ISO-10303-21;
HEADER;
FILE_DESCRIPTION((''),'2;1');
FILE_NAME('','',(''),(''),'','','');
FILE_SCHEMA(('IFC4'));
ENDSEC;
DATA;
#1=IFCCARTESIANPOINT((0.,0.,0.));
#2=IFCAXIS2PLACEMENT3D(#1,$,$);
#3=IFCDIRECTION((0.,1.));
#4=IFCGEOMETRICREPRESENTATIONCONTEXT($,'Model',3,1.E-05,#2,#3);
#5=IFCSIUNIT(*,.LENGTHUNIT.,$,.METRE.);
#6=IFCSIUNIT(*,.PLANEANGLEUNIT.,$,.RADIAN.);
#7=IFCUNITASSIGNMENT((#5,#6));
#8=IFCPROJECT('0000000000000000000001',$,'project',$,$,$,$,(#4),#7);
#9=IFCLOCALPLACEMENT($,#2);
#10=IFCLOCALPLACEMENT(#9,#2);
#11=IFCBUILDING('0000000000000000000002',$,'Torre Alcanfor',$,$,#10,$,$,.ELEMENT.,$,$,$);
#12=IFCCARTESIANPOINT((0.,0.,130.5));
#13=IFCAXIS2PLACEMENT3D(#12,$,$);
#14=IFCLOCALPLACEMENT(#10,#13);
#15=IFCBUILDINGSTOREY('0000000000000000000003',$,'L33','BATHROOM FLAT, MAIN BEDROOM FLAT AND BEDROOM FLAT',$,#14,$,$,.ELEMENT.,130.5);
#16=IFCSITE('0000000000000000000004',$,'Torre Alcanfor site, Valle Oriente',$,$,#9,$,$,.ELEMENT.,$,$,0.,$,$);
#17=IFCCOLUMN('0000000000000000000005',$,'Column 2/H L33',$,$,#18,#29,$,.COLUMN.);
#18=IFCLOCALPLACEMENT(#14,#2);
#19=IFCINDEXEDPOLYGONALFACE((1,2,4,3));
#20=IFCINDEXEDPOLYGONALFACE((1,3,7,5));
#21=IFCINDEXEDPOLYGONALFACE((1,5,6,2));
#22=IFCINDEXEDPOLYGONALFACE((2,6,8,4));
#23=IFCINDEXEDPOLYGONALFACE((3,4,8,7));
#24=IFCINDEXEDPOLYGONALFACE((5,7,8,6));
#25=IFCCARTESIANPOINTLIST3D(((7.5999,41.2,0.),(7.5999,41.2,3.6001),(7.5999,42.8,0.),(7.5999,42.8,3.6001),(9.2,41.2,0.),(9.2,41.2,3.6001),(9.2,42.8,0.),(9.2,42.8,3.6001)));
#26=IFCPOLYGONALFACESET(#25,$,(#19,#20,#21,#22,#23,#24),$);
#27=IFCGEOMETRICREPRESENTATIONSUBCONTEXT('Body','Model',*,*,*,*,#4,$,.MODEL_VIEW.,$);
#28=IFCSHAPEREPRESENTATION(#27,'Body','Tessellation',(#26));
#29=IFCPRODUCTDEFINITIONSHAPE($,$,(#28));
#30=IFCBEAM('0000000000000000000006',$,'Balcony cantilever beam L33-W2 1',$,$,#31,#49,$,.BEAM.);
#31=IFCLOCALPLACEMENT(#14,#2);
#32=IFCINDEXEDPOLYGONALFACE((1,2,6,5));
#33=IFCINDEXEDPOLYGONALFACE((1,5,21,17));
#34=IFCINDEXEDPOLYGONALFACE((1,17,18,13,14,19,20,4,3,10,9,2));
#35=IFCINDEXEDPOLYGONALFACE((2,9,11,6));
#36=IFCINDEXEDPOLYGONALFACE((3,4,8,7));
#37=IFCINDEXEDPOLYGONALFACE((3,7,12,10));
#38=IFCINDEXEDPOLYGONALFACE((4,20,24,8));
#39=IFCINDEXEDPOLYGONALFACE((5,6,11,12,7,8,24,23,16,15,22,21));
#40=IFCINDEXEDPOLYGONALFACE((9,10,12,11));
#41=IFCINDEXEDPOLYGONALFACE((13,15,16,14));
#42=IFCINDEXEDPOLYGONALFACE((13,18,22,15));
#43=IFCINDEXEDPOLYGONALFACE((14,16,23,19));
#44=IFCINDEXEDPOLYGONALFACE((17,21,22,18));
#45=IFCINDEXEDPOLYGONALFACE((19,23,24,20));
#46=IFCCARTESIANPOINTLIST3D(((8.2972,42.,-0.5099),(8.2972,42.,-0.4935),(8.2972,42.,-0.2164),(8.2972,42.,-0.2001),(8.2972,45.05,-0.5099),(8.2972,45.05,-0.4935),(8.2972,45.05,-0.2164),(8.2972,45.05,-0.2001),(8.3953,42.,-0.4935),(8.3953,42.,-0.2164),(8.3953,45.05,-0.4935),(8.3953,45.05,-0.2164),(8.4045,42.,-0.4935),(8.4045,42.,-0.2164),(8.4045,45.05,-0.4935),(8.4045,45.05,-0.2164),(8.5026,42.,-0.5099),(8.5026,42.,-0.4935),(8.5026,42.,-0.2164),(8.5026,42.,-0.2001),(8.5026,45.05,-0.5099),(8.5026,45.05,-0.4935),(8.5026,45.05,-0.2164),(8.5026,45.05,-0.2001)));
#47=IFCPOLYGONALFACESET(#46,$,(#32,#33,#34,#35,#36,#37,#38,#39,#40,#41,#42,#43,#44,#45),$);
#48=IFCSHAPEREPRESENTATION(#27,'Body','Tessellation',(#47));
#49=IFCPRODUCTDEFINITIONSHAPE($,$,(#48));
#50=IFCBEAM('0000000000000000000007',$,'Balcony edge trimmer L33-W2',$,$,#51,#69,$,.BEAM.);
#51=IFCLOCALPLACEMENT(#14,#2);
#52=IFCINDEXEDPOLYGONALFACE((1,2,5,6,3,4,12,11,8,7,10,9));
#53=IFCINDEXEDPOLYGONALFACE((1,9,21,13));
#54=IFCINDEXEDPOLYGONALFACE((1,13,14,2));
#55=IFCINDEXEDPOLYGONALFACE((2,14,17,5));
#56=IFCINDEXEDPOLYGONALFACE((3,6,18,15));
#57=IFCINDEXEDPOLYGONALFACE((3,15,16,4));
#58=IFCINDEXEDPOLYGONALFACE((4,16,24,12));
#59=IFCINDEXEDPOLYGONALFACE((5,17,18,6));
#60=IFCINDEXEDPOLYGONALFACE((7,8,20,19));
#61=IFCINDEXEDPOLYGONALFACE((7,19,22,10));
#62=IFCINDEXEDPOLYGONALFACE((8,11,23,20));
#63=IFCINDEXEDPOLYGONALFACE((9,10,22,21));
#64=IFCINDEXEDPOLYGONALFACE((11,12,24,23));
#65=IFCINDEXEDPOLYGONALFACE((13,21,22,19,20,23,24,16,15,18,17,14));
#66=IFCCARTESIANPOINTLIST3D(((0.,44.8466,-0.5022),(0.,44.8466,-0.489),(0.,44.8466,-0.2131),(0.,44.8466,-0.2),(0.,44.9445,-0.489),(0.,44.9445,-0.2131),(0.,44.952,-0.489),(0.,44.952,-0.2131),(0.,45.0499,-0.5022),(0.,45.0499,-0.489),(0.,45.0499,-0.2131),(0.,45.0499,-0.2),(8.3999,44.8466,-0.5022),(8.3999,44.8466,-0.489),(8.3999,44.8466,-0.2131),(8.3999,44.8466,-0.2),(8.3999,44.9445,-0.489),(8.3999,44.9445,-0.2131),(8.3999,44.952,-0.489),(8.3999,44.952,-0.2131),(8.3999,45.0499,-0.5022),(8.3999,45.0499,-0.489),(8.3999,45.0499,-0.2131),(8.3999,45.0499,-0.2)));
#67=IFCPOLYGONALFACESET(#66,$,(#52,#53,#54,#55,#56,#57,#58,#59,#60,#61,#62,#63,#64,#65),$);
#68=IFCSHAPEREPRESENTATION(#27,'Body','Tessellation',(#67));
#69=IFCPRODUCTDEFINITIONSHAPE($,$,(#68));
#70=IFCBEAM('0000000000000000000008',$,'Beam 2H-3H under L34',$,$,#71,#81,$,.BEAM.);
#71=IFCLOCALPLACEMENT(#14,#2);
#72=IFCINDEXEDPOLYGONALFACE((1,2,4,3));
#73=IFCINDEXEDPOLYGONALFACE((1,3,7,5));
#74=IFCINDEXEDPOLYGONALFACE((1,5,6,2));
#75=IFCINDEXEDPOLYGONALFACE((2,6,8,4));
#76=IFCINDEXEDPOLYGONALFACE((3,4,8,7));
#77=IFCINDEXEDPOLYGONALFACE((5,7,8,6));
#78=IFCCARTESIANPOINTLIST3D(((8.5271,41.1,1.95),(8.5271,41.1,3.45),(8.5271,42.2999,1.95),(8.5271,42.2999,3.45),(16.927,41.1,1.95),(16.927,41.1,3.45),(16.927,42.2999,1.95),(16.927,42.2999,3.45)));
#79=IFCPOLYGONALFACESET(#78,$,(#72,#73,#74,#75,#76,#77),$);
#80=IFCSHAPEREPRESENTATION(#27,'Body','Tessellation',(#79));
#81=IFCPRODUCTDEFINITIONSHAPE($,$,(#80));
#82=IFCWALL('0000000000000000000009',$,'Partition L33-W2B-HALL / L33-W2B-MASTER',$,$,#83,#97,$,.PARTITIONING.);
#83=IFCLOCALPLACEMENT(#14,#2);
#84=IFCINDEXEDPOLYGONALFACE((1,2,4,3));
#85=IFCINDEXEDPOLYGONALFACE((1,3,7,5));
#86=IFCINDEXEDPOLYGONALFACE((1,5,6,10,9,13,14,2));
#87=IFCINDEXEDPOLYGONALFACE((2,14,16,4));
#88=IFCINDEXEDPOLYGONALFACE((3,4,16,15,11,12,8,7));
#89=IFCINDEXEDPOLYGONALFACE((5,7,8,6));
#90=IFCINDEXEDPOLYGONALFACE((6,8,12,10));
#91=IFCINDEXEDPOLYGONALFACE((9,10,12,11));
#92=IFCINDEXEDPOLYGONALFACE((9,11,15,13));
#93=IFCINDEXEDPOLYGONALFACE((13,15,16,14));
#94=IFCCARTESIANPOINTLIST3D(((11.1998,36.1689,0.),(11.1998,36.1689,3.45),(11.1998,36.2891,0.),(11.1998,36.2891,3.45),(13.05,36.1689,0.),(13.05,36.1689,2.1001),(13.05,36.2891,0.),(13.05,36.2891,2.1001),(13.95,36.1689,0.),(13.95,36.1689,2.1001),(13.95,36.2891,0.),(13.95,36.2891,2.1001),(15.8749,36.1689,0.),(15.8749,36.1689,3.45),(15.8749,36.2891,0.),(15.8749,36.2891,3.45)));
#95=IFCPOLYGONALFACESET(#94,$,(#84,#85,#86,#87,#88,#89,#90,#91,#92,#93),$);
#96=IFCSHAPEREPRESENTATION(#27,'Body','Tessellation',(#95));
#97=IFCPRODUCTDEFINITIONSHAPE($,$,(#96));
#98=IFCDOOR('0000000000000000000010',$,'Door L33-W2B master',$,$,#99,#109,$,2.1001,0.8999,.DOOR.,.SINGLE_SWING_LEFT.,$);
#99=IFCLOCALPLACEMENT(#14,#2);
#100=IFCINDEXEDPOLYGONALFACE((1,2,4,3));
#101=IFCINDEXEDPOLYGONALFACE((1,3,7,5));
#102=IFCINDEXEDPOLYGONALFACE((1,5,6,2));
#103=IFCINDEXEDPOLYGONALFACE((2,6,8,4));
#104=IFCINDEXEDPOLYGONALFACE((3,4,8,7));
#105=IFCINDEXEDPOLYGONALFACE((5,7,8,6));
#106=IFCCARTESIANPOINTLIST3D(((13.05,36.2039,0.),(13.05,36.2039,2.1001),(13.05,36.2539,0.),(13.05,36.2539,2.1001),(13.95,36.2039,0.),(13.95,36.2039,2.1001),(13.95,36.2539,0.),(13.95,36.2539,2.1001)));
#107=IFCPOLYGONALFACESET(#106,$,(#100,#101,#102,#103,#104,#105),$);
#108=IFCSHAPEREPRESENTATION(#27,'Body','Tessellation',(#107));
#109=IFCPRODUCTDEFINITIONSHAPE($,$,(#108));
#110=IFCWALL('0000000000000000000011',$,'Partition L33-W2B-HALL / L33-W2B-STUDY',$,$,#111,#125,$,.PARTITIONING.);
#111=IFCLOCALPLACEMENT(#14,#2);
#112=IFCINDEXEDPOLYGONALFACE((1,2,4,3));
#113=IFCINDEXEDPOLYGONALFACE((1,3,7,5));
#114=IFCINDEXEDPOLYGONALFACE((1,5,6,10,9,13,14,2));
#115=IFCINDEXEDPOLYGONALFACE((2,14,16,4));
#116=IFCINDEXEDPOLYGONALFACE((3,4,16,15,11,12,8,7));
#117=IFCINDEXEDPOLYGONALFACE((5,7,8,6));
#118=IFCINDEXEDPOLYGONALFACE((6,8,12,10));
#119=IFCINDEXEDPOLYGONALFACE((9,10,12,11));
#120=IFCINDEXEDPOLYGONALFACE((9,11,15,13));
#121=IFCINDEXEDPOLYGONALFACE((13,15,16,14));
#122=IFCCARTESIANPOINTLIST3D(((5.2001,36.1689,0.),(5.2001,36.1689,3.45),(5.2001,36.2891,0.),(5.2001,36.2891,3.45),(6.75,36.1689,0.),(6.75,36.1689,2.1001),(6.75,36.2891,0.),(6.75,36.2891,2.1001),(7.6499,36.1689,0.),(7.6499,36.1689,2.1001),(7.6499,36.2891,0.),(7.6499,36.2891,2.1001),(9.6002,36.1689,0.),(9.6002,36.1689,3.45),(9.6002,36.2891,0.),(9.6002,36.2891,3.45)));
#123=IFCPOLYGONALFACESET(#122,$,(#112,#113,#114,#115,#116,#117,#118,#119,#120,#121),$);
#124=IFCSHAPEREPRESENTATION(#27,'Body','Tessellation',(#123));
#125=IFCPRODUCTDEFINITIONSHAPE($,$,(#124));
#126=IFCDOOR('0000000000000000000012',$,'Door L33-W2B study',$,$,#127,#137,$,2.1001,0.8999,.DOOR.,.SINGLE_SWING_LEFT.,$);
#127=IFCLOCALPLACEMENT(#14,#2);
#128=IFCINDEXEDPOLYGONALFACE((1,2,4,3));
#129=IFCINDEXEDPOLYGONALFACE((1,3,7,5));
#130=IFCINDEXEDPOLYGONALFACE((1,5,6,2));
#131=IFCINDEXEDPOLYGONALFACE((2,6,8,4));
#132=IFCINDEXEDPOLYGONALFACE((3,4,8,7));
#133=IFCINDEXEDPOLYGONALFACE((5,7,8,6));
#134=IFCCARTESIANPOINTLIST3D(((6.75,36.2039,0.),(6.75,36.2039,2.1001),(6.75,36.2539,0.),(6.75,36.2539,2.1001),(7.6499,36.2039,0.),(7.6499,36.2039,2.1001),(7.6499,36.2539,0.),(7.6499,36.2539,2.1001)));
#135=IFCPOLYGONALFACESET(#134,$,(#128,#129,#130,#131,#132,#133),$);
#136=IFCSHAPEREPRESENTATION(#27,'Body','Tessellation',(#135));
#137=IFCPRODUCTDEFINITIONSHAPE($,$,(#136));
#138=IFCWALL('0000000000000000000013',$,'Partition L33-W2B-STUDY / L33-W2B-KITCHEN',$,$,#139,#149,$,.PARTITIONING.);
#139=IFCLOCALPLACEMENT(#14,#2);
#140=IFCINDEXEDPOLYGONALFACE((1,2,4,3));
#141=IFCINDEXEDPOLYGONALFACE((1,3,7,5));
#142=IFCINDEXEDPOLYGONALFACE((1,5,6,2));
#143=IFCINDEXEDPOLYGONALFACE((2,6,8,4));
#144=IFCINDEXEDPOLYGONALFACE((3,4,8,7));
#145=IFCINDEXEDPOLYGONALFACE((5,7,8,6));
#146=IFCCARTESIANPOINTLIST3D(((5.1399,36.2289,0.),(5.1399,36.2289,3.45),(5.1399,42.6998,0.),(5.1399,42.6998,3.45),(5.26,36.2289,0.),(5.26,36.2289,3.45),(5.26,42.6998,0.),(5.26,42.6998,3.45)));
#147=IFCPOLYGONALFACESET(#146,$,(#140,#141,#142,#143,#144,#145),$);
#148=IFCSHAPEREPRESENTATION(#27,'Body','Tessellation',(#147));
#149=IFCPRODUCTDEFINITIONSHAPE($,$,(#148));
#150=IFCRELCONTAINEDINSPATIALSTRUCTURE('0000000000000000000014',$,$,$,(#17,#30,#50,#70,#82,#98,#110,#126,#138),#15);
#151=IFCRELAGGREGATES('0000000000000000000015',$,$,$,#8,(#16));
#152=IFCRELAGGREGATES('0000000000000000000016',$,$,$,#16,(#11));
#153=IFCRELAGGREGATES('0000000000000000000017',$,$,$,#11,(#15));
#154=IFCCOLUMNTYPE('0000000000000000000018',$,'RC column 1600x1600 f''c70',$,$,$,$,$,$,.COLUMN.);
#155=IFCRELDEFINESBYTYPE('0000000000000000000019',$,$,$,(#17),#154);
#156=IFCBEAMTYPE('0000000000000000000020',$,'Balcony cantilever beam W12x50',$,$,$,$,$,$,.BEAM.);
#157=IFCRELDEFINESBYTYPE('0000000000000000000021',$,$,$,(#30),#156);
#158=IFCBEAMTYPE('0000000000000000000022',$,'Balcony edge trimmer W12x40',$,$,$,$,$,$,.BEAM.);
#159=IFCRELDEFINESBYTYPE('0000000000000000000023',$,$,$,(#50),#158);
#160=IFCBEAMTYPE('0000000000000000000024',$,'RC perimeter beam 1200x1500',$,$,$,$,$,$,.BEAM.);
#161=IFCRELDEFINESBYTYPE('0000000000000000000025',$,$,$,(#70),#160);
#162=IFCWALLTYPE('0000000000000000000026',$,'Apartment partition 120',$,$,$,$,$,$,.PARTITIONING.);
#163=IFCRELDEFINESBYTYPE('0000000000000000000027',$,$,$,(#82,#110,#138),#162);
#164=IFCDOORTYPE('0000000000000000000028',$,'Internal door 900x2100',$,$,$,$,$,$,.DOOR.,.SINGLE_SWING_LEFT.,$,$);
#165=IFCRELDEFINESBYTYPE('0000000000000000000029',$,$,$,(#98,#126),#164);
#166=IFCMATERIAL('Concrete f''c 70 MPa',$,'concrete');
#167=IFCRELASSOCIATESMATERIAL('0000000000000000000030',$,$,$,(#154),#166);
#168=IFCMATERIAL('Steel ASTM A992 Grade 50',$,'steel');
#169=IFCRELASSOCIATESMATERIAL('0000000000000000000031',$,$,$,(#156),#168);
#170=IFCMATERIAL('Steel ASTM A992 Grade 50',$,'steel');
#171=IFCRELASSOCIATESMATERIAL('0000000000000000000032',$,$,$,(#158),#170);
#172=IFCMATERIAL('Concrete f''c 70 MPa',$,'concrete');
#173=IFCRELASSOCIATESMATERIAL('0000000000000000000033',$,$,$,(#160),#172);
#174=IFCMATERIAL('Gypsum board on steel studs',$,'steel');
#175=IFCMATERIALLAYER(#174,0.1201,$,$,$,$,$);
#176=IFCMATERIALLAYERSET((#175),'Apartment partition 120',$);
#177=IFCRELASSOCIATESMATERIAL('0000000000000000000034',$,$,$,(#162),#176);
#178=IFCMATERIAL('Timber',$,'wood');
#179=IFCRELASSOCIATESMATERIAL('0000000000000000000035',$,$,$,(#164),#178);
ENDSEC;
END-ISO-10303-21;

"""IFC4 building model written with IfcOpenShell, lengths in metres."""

from ifc_helpers import new_model, si_unit, direction, frame, frame_2d, origin, origin_2d, place, context, subcontext, project, spatial, rectangle, i_section, extrude, material, layer, layer_set, material_profile, profile_set, type_object, element, fill, save


model = new_model("IFC4")

# Units and contexts
model_context = context("Model", 3, precision=1e-05, world=origin(), true_north=direction((0.0, 1.0)))
body_context = subcontext(model_context, "Body", "Model", "MODEL_VIEW")
ifc_project = project(units=[si_unit("LENGTHUNIT", "METRE"), si_unit("PLANEANGLEUNIT", "RADIAN")], contexts=[model_context])

# Site, building, storey
site_placement = place(None, origin())
site = spatial("IfcSite", under=ifc_project, at=site_placement, Name="Torre Alcanfor site, Valle Oriente", CompositionType="ELEMENT", RefElevation=0.0)
building_placement = place(site_placement, origin())
building = spatial("IfcBuilding", under=site, at=building_placement, Name="Torre Alcanfor", CompositionType="ELEMENT")
storey_placement = place(building_placement, frame((0.0, 0.0, 130.5)))
storey = spatial("IfcBuildingStorey", under=building, at=storey_placement, Name="L33", Description="BATHROOM FLAT, MAIN BEDROOM FLAT AND BEDROOM FLAT", CompositionType="ELEMENT", Elevation=130.5)

# Column
ifc_material_1 = material(Name="Concrete f'c 70 MPa", Category="concrete")
ifc_material_profile_1 = material_profile(ifc_material_1, rectangle(XDim=1.6001, YDim=1.6001, at=origin_2d()), Name="1600x1600")
ifc_profile_set_1 = profile_set([ifc_material_profile_1], Name="Concrete f'c 70 MPa")
column_type = type_object("IfcColumnType", Name="RC column 1600x1600 f'c70", PredefinedType="COLUMN", material=ifc_profile_set_1)
column_placement = place(storey_placement, frame((8.3999, 42.0, 0.0), z_axis=(0.0, 0.0, 1.0), x_axis=(1.0, 0.0, 0.0)))
element("IfcColumn", 1, at=column_placement, inside=storey, type_object=column_type, Name="Column 2/H L33", PredefinedType="COLUMN", context=body_context, shape_type="SweptSolid", body=[
    extrude(rectangle(XDim=1.6001, YDim=1.6001, at=origin_2d()), origin(), (0.0, 0.0, 1.0), 3.6001),
])

# Beams
ifc_material_2 = material(Name="Steel ASTM A992 Grade 50", Category="steel")
ifc_material_profile_2 = material_profile(ifc_material_2, i_section(OverallWidth=0.2053, OverallDepth=0.3098, WebThickness=0.0093, FlangeThickness=0.0164, at=origin_2d()), Name="W12x50")
ifc_profile_set_2 = profile_set([ifc_material_profile_2], Name="Steel ASTM A992 Grade 50")
beam_type_1 = type_object("IfcBeamType", Name="Balcony cantilever beam W12x50", PredefinedType="BEAM", material=ifc_profile_set_2)
beam_1_placement = place(storey_placement, frame((8.3999, 42.0, -0.355), z_axis=(0.0, 1.0, 0.0), x_axis=(-1.0, 0.0, 0.0)))
element("IfcBeam", 2, at=beam_1_placement, inside=storey, type_object=beam_type_1, Name="Balcony cantilever beam L33-W2 1", PredefinedType="BEAM", context=body_context, shape_type="SweptSolid", body=[
    extrude(i_section(OverallWidth=0.2053, OverallDepth=0.3098, WebThickness=0.0093, FlangeThickness=0.0164, at=origin_2d()), origin(), (0.0, 0.0, 1.0), 3.05),
])
ifc_material_3 = material(Name="Steel ASTM A992 Grade 50", Category="steel")
ifc_material_profile_3 = material_profile(ifc_material_3, i_section(OverallWidth=0.2034, OverallDepth=0.3022, WebThickness=0.0076, FlangeThickness=0.0132, at=origin_2d()), Name="W12x40")
ifc_profile_set_3 = profile_set([ifc_material_profile_3], Name="Steel ASTM A992 Grade 50")
beam_type_2 = type_object("IfcBeamType", Name="Balcony edge trimmer W12x40", PredefinedType="BEAM", material=ifc_profile_set_3)
beam_2_placement = place(storey_placement, frame((8.3999, 44.9482, -0.3511), z_axis=(-1.0, 0.0, 0.0), x_axis=(0.0, -1.0, 0.0)))
element("IfcBeam", 3, at=beam_2_placement, inside=storey, type_object=beam_type_2, Name="Balcony edge trimmer L33-W2", PredefinedType="BEAM", context=body_context, shape_type="SweptSolid", body=[
    extrude(i_section(OverallWidth=0.2034, OverallDepth=0.3022, WebThickness=0.0076, FlangeThickness=0.0132, at=origin_2d()), origin(), (0.0, 0.0, 1.0), 8.3999),
])
ifc_material_4 = material(Name="Concrete f'c 70 MPa", Category="concrete")
ifc_material_profile_4 = material_profile(ifc_material_4, rectangle(XDim=1.2, YDim=1.5, at=origin_2d()), Name="1200x1500")
ifc_profile_set_4 = profile_set([ifc_material_profile_4], Name="Concrete f'c 70 MPa")
beam_type_3 = type_object("IfcBeamType", Name="RC perimeter beam 1200x1500", PredefinedType="BEAM", material=ifc_profile_set_4)
beam_3_placement = place(storey_placement, frame((8.5271, 41.7, 2.7), z_axis=(1.0, 0.0, 0.0), x_axis=(0.0, 1.0, 0.0)))
element("IfcBeam", 4, at=beam_3_placement, inside=storey, type_object=beam_type_3, Name="Beam 2H-3H under L34", PredefinedType="BEAM", context=body_context, shape_type="SweptSolid", body=[
    extrude(rectangle(XDim=1.2, YDim=1.5, at=origin_2d()), origin(), (0.0, 0.0, 1.0), 8.3999),
])

# Walls, openings, doors
ifc_material_5 = material(Name="Gypsum board on steel studs", Category="steel")
ifc_layer_1 = layer(ifc_material_5, 0.1201)
ifc_layer_set_1 = layer_set([ifc_layer_1], Name="Apartment partition 120")
wall_type_1 = type_object("IfcWallType", Name="Apartment partition 120", PredefinedType="PARTITIONING", material=ifc_layer_set_1)
wall_1_placement = place(storey_placement, frame((11.2, 36.229, 0.0), z_axis=(0.0, 0.0, 1.0), x_axis=(1.0, 0.0, 0.0)))
wall_1 = element("IfcWall", 5, at=wall_1_placement, inside=storey, type_object=wall_type_1, Name="Partition L33-W2B-HALL / L33-W2B-MASTER", PredefinedType="PARTITIONING", context=body_context, shape_type="SweptSolid", body=[
    extrude(rectangle(XDim=4.675, YDim=0.1201, at=frame_2d((2.3374, 0.0))), origin(), (0.0, 0.0, 1.0), 3.45),
])
opening_1_placement = place(wall_1_placement, frame((1.8501, 0.0, 0.0)))
opening_1 = element("IfcOpeningElement", 6, at=opening_1_placement, cuts=wall_1, PredefinedType="OPENING", context=body_context, shape_type="SweptSolid", body=[
    extrude(rectangle(XDim=0.8999, YDim=2.1001, at=frame_2d((0.45, 1.05))), frame((0.0, 0.0701, 0.0), z_axis=(0.0, -1.0, 0.0), x_axis=(1.0, 0.0, 0.0)), (0.0, 0.0, 1.0), 0.1401),
])
ifc_material_6 = material(Name="Timber", Category="wood")
door_type_1 = type_object("IfcDoorType", Name="Internal door 900x2100", OperationType="SINGLE_SWING_LEFT", PredefinedType="DOOR", material=ifc_material_6)
door_1_placement = place(opening_1_placement, origin())
door_1 = element("IfcDoor", 7, at=door_1_placement, inside=storey, type_object=door_type_1, Name="Door L33-W2B master", OperationType="SINGLE_SWING_LEFT", OverallHeight=2.1001, OverallWidth=0.8999, PredefinedType="DOOR", context=body_context, shape_type="SweptSolid", body=[
    extrude(rectangle(XDim=0.8999, YDim=2.1001, at=frame_2d((0.45, 1.05))), frame((0.0, 0.0249, 0.0), z_axis=(0.0, -1.0, 0.0), x_axis=(1.0, 0.0, 0.0)), (0.0, 0.0, 1.0), 0.05),
])
fill(opening_1, door_1)
wall_2_placement = place(storey_placement, frame((5.2, 36.229, 0.0), z_axis=(0.0, 0.0, 1.0), x_axis=(1.0, 0.0, 0.0)))
wall_2 = element("IfcWall", 8, at=wall_2_placement, inside=storey, type_object=wall_type_1, Name="Partition L33-W2B-HALL / L33-W2B-STUDY", PredefinedType="PARTITIONING", context=body_context, shape_type="SweptSolid", body=[
    extrude(rectangle(XDim=4.4001, YDim=0.1201, at=frame_2d((2.2002, 0.0))), origin(), (0.0, 0.0, 1.0), 3.45),
])
opening_2_placement = place(wall_2_placement, frame((1.55, 0.0, 0.0)))
opening_2 = element("IfcOpeningElement", 9, at=opening_2_placement, cuts=wall_2, PredefinedType="OPENING", context=body_context, shape_type="SweptSolid", body=[
    extrude(rectangle(XDim=0.8999, YDim=2.1001, at=frame_2d((0.45, 1.05))), frame((0.0, 0.0701, 0.0), z_axis=(0.0, -1.0, 0.0), x_axis=(1.0, 0.0, 0.0)), (0.0, 0.0, 1.0), 0.1401),
])
door_2_placement = place(opening_2_placement, origin())
door_2 = element("IfcDoor", 10, at=door_2_placement, inside=storey, type_object=door_type_1, Name="Door L33-W2B study", OperationType="SINGLE_SWING_LEFT", OverallHeight=2.1001, OverallWidth=0.8999, PredefinedType="DOOR", context=body_context, shape_type="SweptSolid", body=[
    extrude(rectangle(XDim=0.8999, YDim=2.1001, at=frame_2d((0.45, 1.05))), frame((0.0, 0.0249, 0.0), z_axis=(0.0, -1.0, 0.0), x_axis=(1.0, 0.0, 0.0)), (0.0, 0.0, 1.0), 0.05),
])
fill(opening_2, door_2)

# Wall
wall_3_placement = place(storey_placement, frame((5.2, 36.229, 0.0), z_axis=(0.0, 0.0, 1.0), x_axis=(0.0, 1.0, 0.0)))
element("IfcWall", 11, at=wall_3_placement, inside=storey, type_object=wall_type_1, Name="Partition L33-W2B-STUDY / L33-W2B-KITCHEN", PredefinedType="PARTITIONING", context=body_context, shape_type="SweptSolid", body=[
    extrude(rectangle(XDim=6.4709, YDim=0.1201, at=frame_2d((3.2354, 0.0))), origin(), (0.0, 0.0, 1.0), 3.45),
])

save(model, "model.ifc")
